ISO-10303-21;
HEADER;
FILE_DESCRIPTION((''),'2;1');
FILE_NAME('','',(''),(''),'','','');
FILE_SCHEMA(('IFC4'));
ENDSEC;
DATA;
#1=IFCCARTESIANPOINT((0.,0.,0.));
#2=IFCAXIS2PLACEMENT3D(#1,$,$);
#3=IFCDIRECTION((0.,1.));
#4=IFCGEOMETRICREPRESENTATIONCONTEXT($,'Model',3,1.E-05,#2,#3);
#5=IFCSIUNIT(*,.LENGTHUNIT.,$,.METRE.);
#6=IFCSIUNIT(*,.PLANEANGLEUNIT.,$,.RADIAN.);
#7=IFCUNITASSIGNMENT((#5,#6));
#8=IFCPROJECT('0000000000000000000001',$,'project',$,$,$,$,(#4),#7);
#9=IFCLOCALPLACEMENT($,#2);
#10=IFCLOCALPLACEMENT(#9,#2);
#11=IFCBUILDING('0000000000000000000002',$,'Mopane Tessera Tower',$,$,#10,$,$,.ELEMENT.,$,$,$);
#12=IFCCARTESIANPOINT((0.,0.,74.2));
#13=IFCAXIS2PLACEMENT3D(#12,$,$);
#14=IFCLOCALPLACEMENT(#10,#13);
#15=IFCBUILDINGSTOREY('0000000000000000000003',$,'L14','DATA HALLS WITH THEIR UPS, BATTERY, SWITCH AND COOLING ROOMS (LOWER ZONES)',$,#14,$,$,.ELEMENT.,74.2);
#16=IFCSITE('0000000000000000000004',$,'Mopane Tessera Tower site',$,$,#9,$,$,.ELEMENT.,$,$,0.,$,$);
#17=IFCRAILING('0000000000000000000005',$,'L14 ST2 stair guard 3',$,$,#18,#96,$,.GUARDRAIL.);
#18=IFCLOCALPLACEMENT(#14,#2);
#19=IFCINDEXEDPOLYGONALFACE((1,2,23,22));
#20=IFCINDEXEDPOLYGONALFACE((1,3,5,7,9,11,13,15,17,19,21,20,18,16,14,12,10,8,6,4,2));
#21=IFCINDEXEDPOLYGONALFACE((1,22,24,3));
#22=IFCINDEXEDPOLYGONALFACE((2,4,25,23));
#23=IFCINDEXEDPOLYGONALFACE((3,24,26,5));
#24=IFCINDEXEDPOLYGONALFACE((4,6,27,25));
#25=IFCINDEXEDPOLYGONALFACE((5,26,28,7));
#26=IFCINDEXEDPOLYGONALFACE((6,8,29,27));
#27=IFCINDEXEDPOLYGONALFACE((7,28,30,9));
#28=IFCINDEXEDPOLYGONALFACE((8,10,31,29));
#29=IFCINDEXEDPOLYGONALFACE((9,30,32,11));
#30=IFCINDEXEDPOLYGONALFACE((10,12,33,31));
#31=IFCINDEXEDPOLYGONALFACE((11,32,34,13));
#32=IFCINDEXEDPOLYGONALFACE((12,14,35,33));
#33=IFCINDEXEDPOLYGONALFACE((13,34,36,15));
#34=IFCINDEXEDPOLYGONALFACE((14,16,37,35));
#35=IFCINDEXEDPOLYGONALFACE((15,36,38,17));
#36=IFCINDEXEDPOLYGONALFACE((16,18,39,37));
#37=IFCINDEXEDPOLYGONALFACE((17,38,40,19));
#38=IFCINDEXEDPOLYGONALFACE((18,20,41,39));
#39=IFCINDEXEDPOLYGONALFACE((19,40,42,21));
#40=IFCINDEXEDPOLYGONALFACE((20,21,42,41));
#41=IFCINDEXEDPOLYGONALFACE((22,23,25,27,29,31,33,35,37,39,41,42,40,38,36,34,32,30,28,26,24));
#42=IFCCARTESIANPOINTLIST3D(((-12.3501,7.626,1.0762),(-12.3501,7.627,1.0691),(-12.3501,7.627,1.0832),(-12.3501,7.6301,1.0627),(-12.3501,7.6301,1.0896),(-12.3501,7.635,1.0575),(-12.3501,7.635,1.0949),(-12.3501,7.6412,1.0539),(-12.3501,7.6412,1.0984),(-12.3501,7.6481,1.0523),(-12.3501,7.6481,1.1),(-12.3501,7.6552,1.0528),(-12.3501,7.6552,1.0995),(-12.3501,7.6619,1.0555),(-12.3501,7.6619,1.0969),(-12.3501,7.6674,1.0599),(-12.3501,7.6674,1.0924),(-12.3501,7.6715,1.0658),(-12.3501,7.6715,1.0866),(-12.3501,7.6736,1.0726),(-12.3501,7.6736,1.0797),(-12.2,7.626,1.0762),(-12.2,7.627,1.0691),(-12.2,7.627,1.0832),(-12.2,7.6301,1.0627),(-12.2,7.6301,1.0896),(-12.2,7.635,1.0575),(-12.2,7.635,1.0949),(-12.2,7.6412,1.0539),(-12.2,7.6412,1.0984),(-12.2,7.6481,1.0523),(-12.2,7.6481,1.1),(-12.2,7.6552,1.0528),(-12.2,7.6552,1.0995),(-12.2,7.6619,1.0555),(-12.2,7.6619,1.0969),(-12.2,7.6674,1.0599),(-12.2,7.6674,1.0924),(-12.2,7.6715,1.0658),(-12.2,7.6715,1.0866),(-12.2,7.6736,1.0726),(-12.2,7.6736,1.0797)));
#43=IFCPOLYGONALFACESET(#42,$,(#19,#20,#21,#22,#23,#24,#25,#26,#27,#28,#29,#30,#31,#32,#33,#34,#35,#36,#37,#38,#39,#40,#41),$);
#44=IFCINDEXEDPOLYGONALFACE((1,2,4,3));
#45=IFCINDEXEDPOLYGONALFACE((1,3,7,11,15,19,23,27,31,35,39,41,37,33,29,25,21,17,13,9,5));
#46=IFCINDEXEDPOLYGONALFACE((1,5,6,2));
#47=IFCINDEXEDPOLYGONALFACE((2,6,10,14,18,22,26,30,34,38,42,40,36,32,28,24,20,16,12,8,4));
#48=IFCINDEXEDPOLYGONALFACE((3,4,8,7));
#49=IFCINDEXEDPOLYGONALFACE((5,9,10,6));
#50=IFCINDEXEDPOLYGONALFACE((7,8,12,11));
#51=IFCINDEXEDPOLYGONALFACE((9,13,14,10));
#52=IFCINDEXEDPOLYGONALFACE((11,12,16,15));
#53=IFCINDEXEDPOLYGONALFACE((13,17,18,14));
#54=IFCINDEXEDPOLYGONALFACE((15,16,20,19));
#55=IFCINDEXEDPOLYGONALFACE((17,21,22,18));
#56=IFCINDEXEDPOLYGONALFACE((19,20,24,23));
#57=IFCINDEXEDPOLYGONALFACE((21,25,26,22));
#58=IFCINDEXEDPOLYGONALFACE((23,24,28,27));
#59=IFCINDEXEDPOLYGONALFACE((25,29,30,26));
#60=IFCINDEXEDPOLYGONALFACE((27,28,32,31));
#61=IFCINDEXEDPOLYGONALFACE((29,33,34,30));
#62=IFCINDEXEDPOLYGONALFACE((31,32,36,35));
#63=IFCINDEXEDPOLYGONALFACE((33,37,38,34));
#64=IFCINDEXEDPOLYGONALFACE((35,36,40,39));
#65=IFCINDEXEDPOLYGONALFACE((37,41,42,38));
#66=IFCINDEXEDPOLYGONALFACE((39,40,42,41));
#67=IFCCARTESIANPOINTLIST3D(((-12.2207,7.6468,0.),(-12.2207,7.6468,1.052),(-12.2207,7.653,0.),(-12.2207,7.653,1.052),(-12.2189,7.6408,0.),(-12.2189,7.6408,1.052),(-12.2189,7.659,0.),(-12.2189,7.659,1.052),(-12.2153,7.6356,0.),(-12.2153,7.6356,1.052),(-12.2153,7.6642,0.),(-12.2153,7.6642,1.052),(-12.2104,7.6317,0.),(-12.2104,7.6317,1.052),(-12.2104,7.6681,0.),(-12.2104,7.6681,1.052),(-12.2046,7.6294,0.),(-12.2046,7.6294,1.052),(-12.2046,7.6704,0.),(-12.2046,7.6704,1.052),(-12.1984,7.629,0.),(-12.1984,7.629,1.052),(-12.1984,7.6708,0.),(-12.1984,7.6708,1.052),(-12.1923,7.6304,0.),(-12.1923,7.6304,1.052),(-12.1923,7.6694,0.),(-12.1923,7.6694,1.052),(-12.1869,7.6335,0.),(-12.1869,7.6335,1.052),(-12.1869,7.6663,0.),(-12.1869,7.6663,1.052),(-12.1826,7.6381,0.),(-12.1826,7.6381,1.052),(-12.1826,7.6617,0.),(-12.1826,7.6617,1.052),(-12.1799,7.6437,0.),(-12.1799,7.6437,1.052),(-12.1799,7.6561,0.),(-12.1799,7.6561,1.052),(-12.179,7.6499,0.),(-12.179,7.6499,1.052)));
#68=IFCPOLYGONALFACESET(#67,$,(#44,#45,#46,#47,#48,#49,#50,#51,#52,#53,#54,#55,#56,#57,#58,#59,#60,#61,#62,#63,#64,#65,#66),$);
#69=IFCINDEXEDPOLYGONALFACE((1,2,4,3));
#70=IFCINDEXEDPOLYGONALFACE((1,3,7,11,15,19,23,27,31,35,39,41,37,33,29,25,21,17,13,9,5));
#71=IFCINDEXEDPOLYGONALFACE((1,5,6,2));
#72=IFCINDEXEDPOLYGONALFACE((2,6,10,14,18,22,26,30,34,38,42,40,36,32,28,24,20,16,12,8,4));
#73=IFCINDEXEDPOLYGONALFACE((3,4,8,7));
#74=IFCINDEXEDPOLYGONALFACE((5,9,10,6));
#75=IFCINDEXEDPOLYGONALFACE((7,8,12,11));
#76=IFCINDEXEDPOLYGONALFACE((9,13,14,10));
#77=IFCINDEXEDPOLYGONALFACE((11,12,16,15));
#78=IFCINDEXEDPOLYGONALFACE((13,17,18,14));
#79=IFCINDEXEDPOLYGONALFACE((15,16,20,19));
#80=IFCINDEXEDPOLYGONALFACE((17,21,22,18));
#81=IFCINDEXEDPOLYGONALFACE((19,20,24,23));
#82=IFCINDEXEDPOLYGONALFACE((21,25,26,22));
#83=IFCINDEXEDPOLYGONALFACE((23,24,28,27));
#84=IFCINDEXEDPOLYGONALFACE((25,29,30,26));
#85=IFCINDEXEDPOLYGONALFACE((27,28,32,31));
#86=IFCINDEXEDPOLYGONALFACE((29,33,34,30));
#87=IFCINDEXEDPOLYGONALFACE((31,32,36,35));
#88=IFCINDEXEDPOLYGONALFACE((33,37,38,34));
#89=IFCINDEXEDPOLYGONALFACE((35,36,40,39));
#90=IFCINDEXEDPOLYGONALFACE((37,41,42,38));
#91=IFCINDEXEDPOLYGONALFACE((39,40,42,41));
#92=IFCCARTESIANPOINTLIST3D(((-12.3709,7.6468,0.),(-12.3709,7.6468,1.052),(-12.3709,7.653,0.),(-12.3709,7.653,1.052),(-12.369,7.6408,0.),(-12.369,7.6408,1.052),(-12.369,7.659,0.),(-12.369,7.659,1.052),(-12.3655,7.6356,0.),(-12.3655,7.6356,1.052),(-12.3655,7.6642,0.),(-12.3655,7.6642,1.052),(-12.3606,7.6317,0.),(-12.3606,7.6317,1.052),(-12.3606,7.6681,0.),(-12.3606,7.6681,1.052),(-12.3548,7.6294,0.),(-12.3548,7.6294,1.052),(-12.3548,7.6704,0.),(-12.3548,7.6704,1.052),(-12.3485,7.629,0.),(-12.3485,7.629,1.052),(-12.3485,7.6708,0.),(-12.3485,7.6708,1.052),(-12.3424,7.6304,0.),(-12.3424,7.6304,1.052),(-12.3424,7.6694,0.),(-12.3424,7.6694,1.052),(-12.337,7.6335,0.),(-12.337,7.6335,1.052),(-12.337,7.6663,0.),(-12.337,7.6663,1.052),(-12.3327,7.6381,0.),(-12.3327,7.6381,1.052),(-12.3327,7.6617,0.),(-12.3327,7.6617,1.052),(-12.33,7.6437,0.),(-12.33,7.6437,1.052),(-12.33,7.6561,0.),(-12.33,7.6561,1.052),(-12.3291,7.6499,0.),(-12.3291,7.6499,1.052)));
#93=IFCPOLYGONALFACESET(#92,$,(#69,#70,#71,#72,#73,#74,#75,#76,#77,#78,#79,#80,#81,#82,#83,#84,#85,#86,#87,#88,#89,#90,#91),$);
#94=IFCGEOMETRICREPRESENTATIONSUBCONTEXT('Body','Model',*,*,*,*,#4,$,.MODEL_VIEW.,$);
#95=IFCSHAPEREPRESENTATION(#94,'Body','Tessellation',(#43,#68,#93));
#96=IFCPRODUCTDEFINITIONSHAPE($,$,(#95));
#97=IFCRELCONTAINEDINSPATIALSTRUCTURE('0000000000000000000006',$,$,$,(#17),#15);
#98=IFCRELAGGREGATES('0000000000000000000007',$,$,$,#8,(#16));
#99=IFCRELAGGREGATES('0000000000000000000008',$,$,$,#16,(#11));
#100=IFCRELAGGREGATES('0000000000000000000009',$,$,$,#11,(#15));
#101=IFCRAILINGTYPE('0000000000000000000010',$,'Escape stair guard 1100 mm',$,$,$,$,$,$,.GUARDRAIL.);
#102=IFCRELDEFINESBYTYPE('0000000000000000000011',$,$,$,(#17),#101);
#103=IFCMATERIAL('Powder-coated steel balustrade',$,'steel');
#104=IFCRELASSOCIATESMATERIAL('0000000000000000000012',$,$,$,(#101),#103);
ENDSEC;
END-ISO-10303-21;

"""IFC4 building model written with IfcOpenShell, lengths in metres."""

from ifc_helpers import new_model, si_unit, direction, frame, origin, origin_2d, place, context, subcontext, project, spatial, circle, extrude, material, type_object, element, save


model = new_model("IFC4")

# Units and contexts
model_context = context("Model", 3, precision=1e-05, world=origin(), true_north=direction((0.0, 1.0)))
body_context = subcontext(model_context, "Body", "Model", "MODEL_VIEW")
ifc_project = project(units=[si_unit("LENGTHUNIT", "METRE"), si_unit("PLANEANGLEUNIT", "RADIAN")], contexts=[model_context])

# Site, building, storey
site_placement = place(None, origin())
site = spatial("IfcSite", under=ifc_project, at=site_placement, Name="Mopane Tessera Tower site", CompositionType="ELEMENT", RefElevation=0.0)
building_placement = place(site_placement, origin())
building = spatial("IfcBuilding", under=site, at=building_placement, Name="Mopane Tessera Tower", CompositionType="ELEMENT")
storey_placement = place(building_placement, frame((0.0, 0.0, 74.2)))
storey = spatial("IfcBuildingStorey", under=building, at=storey_placement, Name="L14", Description="DATA HALLS WITH THEIR UPS, BATTERY, SWITCH AND COOLING ROOMS (LOWER ZONES)", CompositionType="ELEMENT", Elevation=74.2)

# Railing
ifc_material_1 = material(Name="Powder-coated steel balustrade", Category="steel")
railing_type_1 = type_object("IfcRailingType", Name="Escape stair guard 1100 mm", PredefinedType="GUARDRAIL", material=ifc_material_1)
railing_1_placement = place(storey_placement, frame((-12.2, 7.6499, 0.0)))
element("IfcRailing", 1, at=railing_1_placement, inside=storey, type_object=railing_type_1, Name="L14 ST2 stair guard 3", PredefinedType="GUARDRAIL", context=body_context, shape_type="SweptSolid", body=[
    extrude(circle(Radius=0.0239, at=origin_2d()), frame((0.0, 0.0, 1.0762), z_axis=(-1.0, 0.0, 0.0), x_axis=(0.0, -1.0, 0.0)), (0.0, 0.0, 1.0), 0.1501),
    extrude(circle(Radius=0.021, at=origin_2d()), origin(), (0.0, 0.0, 1.0), 1.052),
    extrude(circle(Radius=0.021, at=origin_2d()), frame((-0.1501, 0.0, 0.0)), (0.0, 0.0, 1.0), 1.052),
])

save(model, "model.ifc")
